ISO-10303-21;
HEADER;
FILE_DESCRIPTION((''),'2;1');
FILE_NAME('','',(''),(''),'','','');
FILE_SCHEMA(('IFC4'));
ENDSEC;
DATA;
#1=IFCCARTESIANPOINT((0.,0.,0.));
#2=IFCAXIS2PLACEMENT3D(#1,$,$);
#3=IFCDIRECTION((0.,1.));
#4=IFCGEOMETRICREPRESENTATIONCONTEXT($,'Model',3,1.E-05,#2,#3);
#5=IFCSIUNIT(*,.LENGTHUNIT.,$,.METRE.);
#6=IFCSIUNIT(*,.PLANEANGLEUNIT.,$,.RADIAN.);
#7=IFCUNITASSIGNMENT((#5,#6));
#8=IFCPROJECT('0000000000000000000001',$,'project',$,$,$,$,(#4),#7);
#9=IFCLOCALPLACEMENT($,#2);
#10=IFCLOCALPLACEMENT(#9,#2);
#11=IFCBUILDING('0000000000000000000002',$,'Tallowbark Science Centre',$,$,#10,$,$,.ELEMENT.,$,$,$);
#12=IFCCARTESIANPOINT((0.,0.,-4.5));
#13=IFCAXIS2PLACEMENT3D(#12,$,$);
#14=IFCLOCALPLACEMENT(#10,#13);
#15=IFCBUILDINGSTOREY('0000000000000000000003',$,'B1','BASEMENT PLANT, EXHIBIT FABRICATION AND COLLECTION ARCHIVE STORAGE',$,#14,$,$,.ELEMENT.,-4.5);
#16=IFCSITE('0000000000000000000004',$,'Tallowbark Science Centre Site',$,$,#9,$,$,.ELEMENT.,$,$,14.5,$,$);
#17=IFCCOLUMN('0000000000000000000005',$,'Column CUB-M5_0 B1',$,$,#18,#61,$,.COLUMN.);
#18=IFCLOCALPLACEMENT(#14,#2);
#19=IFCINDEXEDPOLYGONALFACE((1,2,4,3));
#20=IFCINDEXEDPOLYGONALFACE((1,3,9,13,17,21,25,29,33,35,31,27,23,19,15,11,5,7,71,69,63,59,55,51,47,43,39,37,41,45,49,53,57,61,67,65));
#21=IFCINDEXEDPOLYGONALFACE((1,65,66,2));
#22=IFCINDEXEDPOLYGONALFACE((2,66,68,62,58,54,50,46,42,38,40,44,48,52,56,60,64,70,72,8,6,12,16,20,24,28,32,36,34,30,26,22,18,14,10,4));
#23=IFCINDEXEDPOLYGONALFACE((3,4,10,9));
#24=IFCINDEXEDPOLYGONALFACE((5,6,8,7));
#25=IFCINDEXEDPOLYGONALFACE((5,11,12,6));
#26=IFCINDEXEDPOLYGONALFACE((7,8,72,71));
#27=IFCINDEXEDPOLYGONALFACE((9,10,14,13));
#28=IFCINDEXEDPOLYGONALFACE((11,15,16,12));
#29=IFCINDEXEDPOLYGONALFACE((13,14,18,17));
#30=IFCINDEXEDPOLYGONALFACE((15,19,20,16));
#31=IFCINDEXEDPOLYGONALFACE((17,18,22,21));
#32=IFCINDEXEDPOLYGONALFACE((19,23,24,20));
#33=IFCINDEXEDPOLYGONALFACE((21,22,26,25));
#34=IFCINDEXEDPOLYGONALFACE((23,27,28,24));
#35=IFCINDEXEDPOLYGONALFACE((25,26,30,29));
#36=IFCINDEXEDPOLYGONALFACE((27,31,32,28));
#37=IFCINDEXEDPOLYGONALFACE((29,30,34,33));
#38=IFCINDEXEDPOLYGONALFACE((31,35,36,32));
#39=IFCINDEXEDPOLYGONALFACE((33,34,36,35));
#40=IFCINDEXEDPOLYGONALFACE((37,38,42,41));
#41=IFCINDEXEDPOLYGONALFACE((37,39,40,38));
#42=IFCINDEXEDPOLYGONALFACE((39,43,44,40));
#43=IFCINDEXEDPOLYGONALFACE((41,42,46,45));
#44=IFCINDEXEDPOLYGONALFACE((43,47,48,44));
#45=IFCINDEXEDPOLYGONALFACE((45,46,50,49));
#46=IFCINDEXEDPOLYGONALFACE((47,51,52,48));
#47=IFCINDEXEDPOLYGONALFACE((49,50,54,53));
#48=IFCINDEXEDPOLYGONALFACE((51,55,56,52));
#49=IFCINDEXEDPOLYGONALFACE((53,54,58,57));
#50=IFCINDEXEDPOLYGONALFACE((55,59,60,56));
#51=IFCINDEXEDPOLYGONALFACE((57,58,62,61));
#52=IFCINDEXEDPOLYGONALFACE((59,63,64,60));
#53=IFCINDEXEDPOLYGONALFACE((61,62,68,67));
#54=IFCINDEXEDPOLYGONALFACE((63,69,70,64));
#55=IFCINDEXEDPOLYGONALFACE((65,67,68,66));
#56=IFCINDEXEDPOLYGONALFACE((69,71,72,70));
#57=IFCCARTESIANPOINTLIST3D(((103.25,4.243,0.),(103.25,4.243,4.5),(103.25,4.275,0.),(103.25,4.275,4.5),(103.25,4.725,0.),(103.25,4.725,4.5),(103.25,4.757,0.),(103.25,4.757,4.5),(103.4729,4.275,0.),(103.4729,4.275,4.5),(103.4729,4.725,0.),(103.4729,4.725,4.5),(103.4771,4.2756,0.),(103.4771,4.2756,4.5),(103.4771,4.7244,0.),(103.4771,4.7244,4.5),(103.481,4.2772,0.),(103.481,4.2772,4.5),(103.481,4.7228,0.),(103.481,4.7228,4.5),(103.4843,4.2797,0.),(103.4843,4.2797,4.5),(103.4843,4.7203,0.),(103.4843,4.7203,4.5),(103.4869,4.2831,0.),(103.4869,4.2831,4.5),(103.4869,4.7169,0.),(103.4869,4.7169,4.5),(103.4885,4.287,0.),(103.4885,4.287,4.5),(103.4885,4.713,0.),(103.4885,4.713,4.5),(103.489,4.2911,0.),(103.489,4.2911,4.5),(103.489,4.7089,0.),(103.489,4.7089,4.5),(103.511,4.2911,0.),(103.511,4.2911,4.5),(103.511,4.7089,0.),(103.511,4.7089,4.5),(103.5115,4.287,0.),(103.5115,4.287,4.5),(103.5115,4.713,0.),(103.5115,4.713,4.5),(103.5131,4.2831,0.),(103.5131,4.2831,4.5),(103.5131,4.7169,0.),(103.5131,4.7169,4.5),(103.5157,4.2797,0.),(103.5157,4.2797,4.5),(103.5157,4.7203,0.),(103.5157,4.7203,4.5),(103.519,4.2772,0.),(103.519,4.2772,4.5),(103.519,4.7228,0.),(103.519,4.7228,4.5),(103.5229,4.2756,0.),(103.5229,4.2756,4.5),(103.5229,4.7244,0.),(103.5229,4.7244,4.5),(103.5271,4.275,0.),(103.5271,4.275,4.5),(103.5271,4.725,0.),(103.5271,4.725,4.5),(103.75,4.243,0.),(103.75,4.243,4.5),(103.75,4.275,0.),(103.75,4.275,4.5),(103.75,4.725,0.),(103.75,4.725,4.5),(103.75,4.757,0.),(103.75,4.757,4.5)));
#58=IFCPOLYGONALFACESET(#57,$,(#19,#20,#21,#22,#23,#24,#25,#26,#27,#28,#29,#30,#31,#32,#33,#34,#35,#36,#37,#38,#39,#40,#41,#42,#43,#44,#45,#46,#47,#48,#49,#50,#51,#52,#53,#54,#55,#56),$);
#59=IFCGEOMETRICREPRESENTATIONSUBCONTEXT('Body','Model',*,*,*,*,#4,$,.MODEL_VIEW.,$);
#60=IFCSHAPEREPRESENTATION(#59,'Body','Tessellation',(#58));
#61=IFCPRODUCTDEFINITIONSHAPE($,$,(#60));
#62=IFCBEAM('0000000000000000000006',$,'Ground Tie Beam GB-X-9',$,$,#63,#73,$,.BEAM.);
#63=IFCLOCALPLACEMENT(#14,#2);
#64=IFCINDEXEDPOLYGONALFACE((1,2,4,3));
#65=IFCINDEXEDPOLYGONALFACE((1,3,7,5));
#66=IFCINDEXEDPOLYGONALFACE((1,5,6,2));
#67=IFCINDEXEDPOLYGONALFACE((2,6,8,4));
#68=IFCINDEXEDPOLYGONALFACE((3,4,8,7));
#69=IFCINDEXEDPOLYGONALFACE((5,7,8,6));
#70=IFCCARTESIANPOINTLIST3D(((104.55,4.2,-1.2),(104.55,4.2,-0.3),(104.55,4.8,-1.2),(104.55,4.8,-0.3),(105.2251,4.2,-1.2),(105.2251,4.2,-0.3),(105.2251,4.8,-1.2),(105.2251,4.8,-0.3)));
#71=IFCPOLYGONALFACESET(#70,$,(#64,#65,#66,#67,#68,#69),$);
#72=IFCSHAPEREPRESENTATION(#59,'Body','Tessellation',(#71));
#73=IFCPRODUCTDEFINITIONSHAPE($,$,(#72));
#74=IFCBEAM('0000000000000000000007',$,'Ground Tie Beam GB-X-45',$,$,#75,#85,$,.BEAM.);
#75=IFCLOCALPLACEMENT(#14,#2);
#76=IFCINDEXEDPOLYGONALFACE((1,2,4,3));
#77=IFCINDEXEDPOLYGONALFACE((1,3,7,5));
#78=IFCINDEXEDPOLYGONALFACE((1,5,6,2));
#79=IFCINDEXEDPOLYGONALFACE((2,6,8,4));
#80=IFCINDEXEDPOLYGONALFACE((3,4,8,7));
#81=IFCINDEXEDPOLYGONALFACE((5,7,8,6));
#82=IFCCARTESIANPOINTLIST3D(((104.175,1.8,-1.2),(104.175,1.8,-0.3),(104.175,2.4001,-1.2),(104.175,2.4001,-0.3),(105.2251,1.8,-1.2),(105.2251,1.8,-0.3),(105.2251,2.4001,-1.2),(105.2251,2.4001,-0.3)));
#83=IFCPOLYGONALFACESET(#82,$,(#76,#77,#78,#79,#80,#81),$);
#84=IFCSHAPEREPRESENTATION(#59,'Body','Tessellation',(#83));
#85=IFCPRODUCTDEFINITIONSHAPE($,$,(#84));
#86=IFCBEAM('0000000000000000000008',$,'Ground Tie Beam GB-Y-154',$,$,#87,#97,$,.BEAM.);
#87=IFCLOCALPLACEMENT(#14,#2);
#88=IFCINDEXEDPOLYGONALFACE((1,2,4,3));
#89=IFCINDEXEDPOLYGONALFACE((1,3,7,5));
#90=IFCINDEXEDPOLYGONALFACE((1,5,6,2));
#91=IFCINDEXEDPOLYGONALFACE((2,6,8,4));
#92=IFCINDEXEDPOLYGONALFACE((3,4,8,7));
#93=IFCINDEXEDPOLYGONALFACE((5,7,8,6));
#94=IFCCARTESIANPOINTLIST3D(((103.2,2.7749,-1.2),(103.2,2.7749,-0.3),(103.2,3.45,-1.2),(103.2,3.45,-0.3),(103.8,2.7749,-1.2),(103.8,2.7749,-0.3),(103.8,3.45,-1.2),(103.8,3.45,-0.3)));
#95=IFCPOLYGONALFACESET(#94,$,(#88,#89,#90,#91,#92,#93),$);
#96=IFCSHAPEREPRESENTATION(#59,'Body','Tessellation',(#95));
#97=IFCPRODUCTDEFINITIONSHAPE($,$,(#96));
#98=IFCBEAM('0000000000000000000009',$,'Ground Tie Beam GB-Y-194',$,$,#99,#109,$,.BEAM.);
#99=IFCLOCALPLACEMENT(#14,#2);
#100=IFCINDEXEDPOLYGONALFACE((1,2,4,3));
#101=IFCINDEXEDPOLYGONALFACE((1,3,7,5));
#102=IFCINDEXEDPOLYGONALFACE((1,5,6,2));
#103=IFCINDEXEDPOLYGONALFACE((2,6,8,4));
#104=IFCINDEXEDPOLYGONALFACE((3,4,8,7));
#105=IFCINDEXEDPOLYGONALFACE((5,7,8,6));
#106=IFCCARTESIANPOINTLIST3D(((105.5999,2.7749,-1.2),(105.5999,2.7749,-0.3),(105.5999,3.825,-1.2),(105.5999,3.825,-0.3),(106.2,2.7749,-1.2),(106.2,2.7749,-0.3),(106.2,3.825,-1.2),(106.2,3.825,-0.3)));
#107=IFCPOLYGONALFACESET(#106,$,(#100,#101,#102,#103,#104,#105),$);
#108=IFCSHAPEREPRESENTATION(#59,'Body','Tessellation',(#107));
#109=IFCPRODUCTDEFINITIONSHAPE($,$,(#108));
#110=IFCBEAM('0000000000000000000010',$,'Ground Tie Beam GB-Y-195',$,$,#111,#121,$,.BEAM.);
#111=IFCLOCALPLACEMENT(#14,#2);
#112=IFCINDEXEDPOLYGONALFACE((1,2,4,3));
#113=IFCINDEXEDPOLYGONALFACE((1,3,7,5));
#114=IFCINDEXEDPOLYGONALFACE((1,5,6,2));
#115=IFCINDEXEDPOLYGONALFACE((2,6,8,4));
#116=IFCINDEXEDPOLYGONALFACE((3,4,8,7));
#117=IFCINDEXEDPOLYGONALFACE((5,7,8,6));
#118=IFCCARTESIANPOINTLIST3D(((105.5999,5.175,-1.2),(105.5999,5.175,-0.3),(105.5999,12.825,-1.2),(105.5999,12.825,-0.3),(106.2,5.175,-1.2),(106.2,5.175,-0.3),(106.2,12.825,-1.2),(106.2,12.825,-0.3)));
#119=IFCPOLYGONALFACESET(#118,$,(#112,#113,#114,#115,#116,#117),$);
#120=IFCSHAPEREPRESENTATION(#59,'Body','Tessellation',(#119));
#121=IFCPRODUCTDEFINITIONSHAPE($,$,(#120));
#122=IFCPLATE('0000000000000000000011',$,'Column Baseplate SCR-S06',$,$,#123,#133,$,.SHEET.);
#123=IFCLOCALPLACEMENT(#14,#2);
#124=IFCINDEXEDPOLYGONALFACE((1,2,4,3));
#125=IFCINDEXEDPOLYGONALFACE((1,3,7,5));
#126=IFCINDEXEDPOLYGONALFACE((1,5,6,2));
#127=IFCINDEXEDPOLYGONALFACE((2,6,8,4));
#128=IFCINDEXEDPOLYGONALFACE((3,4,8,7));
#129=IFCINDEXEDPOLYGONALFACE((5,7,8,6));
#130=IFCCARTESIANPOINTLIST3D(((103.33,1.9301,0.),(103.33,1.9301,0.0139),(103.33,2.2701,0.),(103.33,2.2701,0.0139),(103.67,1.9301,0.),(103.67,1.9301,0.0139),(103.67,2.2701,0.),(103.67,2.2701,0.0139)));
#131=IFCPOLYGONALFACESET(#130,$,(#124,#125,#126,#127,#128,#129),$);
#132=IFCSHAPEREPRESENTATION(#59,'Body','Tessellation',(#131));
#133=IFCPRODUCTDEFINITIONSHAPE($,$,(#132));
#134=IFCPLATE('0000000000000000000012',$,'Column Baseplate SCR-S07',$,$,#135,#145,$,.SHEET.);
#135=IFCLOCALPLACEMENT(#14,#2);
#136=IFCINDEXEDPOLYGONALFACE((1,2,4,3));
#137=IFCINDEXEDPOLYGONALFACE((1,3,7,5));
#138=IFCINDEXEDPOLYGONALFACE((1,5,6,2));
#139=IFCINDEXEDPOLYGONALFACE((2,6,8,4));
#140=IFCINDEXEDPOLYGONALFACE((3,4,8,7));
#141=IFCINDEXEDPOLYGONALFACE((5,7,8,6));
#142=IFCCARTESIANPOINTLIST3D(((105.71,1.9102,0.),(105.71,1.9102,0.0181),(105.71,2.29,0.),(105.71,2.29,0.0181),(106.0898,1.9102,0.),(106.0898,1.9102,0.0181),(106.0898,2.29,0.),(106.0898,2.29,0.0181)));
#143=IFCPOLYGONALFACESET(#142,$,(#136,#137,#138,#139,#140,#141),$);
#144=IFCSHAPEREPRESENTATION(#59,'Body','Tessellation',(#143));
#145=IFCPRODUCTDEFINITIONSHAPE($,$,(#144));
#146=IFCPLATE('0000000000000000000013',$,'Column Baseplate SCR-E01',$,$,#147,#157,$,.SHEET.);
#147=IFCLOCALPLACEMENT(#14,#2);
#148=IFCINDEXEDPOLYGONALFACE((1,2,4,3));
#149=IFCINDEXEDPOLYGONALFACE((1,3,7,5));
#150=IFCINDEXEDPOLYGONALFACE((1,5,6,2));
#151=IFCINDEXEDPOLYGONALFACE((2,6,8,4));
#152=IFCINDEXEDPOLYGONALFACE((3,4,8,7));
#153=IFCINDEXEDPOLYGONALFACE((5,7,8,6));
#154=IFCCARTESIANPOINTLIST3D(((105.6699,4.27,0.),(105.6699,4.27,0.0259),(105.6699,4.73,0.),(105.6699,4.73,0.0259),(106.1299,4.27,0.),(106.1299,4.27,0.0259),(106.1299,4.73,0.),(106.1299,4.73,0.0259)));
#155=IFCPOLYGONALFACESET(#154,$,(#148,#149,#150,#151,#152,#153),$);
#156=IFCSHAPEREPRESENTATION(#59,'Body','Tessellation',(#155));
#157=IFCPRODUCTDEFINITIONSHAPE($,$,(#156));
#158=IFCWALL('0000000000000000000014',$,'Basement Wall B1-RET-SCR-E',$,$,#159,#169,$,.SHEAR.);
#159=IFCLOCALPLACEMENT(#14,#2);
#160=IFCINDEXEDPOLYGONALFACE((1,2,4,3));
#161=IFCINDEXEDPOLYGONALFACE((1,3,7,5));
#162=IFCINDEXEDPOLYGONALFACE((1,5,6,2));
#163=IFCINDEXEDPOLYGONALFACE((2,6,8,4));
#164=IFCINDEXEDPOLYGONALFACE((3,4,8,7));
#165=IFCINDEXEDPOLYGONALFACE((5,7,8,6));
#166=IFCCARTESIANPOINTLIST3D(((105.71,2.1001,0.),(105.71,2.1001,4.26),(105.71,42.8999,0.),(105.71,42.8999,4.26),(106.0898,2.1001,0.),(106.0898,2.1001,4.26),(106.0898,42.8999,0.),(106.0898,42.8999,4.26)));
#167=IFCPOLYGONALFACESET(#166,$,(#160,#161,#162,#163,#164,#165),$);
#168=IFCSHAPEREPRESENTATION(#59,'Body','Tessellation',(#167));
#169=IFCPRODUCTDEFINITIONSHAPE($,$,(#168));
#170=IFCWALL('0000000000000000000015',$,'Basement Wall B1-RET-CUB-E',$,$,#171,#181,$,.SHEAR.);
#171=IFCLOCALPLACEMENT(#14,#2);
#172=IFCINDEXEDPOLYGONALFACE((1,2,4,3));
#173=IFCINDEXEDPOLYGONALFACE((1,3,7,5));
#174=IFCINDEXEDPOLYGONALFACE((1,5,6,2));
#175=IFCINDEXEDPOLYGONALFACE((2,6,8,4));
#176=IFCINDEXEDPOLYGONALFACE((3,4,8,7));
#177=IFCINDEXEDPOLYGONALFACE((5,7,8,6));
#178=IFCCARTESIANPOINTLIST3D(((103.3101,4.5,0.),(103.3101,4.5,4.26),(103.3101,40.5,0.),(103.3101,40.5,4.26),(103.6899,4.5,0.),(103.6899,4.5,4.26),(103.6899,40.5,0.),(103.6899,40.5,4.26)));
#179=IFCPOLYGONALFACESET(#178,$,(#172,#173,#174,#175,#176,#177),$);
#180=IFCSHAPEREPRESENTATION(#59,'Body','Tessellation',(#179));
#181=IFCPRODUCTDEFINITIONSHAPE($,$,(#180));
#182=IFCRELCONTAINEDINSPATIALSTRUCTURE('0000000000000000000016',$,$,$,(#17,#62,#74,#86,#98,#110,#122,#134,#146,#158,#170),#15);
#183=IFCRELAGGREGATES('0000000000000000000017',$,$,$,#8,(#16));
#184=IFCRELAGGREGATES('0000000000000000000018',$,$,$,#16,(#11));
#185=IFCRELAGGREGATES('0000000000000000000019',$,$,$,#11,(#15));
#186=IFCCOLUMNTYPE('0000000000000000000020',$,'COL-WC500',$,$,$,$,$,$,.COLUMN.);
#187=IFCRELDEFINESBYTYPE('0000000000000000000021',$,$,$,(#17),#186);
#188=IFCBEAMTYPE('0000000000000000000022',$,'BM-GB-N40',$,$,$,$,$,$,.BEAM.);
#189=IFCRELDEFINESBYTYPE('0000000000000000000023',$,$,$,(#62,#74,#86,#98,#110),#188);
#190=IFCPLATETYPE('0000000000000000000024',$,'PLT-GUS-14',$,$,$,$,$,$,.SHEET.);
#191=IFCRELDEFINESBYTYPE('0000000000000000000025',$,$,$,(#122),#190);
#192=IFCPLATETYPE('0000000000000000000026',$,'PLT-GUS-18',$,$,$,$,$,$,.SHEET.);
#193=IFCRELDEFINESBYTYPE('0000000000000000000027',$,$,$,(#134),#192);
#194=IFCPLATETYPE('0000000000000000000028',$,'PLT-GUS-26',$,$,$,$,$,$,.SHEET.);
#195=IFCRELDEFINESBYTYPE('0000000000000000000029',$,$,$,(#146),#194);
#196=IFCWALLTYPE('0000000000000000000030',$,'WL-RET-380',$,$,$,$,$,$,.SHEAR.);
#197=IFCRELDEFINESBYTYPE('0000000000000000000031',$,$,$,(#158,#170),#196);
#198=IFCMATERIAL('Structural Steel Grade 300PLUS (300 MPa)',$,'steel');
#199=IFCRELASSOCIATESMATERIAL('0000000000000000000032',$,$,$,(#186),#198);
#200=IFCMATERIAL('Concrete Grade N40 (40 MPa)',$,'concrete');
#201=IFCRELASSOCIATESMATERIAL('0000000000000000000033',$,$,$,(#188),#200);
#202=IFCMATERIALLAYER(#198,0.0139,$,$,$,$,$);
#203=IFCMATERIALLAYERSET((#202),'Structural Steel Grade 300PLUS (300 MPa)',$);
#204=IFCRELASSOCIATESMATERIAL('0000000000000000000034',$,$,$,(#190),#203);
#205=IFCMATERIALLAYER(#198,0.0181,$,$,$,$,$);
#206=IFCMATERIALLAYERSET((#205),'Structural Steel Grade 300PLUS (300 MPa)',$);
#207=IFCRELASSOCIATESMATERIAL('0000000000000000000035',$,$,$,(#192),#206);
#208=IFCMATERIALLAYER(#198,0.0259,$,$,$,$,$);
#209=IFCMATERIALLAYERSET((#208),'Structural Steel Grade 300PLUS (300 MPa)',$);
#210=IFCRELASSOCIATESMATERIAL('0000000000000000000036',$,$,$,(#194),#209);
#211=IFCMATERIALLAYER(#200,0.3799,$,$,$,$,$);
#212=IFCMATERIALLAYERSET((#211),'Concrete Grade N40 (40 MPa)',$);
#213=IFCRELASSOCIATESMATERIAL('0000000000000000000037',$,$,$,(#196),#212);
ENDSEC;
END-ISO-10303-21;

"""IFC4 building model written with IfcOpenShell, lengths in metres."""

from ifc_helpers import new_model, si_unit, direction, frame, frame_2d, origin, origin_2d, place, context, subcontext, project, spatial, rectangle, i_section, extrude, material, layer, layer_set, material_profile, profile_set, type_object, element, save


model = new_model("IFC4")

# Units and contexts
model_context = context("Model", 3, precision=1e-05, world=origin(), true_north=direction((0.0, 1.0)))
body_context = subcontext(model_context, "Body", "Model", "MODEL_VIEW")
ifc_project = project(units=[si_unit("LENGTHUNIT", "METRE"), si_unit("PLANEANGLEUNIT", "RADIAN")], contexts=[model_context])

# Site, building, storey
site_placement = place(None, origin())
site = spatial("IfcSite", under=ifc_project, at=site_placement, Name="Tallowbark Science Centre Site", CompositionType="ELEMENT", RefElevation=14.5)
building_placement = place(site_placement, origin())
building = spatial("IfcBuilding", under=site, at=building_placement, Name="Tallowbark Science Centre", CompositionType="ELEMENT")
storey_placement = place(building_placement, frame((0.0, 0.0, -4.5)))
storey = spatial("IfcBuildingStorey", under=building, at=storey_placement, Name="B1", Description="BASEMENT PLANT, EXHIBIT FABRICATION AND COLLECTION ARCHIVE STORAGE", CompositionType="ELEMENT", Elevation=-4.5)

# Shared definitions
ifc_material_1 = material(Name="Concrete Grade N40 (40 MPa)", Category="concrete")

# Column
ifc_material_2 = material(Name="Structural Steel Grade 300PLUS (300 MPa)", Category="steel")
ifc_material_profile_1 = material_profile(ifc_material_2, i_section(OverallWidth=0.5, OverallDepth=0.5139, WebThickness=0.022, FlangeThickness=0.032, FilletRadius=0.0161, at=origin_2d()), Name="500WC340")
ifc_profile_set_1 = profile_set([ifc_material_profile_1], Name="Structural Steel Grade 300PLUS (300 MPa)")
column_type_1 = type_object("IfcColumnType", Name="COL-WC500", PredefinedType="COLUMN", material=ifc_profile_set_1)
column_1_placement = place(storey_placement, frame((103.5, 4.5, 0.0), z_axis=(0.0, 0.0, 1.0), x_axis=(1.0, 0.0, 0.0)))
element("IfcColumn", 1, at=column_1_placement, inside=storey, type_object=column_type_1, Name="Column CUB-M5_0 B1", PredefinedType="COLUMN", context=body_context, shape_type="SweptSolid", body=[
    extrude(i_section(OverallWidth=0.5, OverallDepth=0.5139, WebThickness=0.022, FlangeThickness=0.032, FilletRadius=0.0161, at=origin_2d()), origin(), (0.0, 0.0, 1.0), 4.5),
])

# Beams
ifc_material_profile_2 = material_profile(ifc_material_1, rectangle(XDim=0.6001, YDim=0.8999, at=origin_2d()), Name="RC600x900")
ifc_profile_set_2 = profile_set([ifc_material_profile_2], Name="Concrete Grade N40 (40 MPa)")
beam_type = type_object("IfcBeamType", Name="BM-GB-N40", PredefinedType="BEAM", material=ifc_profile_set_2)
beam_1_placement = place(storey_placement, frame((104.55, 4.5, -0.75), z_axis=(1.0, 0.0, 0.0), x_axis=(0.0, 1.0, 0.0)))
element("IfcBeam", 2, at=beam_1_placement, inside=storey, type_object=beam_type, Name="Ground Tie Beam GB-X-9", PredefinedType="BEAM", context=body_context, shape_type="SweptSolid", body=[
    extrude(rectangle(XDim=0.6001, YDim=0.8999, at=origin_2d()), origin(), (0.0, 0.0, 1.0), 0.675),
])
beam_2_placement = place(storey_placement, frame((104.175, 2.1001, -0.75), z_axis=(1.0, 0.0, 0.0), x_axis=(0.0, 1.0, 0.0)))
element("IfcBeam", 3, at=beam_2_placement, inside=storey, type_object=beam_type, Name="Ground Tie Beam GB-X-45", PredefinedType="BEAM", context=body_context, shape_type="SweptSolid", body=[
    extrude(rectangle(XDim=0.6001, YDim=0.8999, at=origin_2d()), origin(), (0.0, 0.0, 1.0), 1.05),
])
beam_3_placement = place(storey_placement, frame((103.5, 2.7749, -0.75), z_axis=(0.0, 1.0, 0.0), x_axis=(-1.0, 0.0, 0.0)))
element("IfcBeam", 4, at=beam_3_placement, inside=storey, type_object=beam_type, Name="Ground Tie Beam GB-Y-154", PredefinedType="BEAM", context=body_context, shape_type="SweptSolid", body=[
    extrude(rectangle(XDim=0.6001, YDim=0.8999, at=origin_2d()), origin(), (0.0, 0.0, 1.0), 0.675),
])
beam_4_placement = place(storey_placement, frame((105.8999, 2.7749, -0.75), z_axis=(0.0, 1.0, 0.0), x_axis=(-1.0, 0.0, 0.0)))
element("IfcBeam", 5, at=beam_4_placement, inside=storey, type_object=beam_type, Name="Ground Tie Beam GB-Y-194", PredefinedType="BEAM", context=body_context, shape_type="SweptSolid", body=[
    extrude(rectangle(XDim=0.6001, YDim=0.8999, at=origin_2d()), origin(), (0.0, 0.0, 1.0), 1.05),
])
beam_5_placement = place(storey_placement, frame((105.8999, 5.175, -0.75), z_axis=(0.0, 1.0, 0.0), x_axis=(-1.0, 0.0, 0.0)))
element("IfcBeam", 6, at=beam_5_placement, inside=storey, type_object=beam_type, Name="Ground Tie Beam GB-Y-195", PredefinedType="BEAM", context=body_context, shape_type="SweptSolid", body=[
    extrude(rectangle(XDim=0.6001, YDim=0.8999, at=origin_2d()), origin(), (0.0, 0.0, 1.0), 7.6499),
])

# Plates
ifc_layer_1 = layer(ifc_material_2, 0.0139)
ifc_layer_set_1 = layer_set([ifc_layer_1], Name="Structural Steel Grade 300PLUS (300 MPa)")
plate_type_1 = type_object("IfcPlateType", Name="PLT-GUS-14", PredefinedType="SHEET", material=ifc_layer_set_1)
plate_1_placement = place(storey_placement, frame((103.5, 2.1001, 0.0), z_axis=(0.0, 0.0, 1.0), x_axis=(1.0, 0.0, 0.0)))
element("IfcPlate", 7, at=plate_1_placement, inside=storey, type_object=plate_type_1, Name="Column Baseplate SCR-S06", PredefinedType="SHEET", context=body_context, shape_type="SweptSolid", body=[
    extrude(rectangle(XDim=0.3401, YDim=0.3401, at=origin_2d()), origin(), (0.0, 0.0, 1.0), 0.0139),
])
ifc_layer_2 = layer(ifc_material_2, 0.0181)
ifc_layer_set_2 = layer_set([ifc_layer_2], Name="Structural Steel Grade 300PLUS (300 MPa)")
plate_type_2 = type_object("IfcPlateType", Name="PLT-GUS-18", PredefinedType="SHEET", material=ifc_layer_set_2)
plate_2_placement = place(storey_placement, frame((105.8999, 2.1001, 0.0), z_axis=(0.0, 0.0, 1.0), x_axis=(1.0, 0.0, 0.0)))
element("IfcPlate", 8, at=plate_2_placement, inside=storey, type_object=plate_type_2, Name="Column Baseplate SCR-S07", PredefinedType="SHEET", context=body_context, shape_type="SweptSolid", body=[
    extrude(rectangle(XDim=0.3799, YDim=0.3799, at=origin_2d()), origin(), (0.0, 0.0, 1.0), 0.0181),
])
ifc_layer_3 = layer(ifc_material_2, 0.0259)
ifc_layer_set_3 = layer_set([ifc_layer_3], Name="Structural Steel Grade 300PLUS (300 MPa)")
plate_type_3 = type_object("IfcPlateType", Name="PLT-GUS-26", PredefinedType="SHEET", material=ifc_layer_set_3)
plate_3_placement = place(storey_placement, frame((105.8999, 4.5, 0.0), z_axis=(0.0, 0.0, 1.0), x_axis=(1.0, 0.0, 0.0)))
element("IfcPlate", 9, at=plate_3_placement, inside=storey, type_object=plate_type_3, Name="Column Baseplate SCR-E01", PredefinedType="SHEET", context=body_context, shape_type="SweptSolid", body=[
    extrude(rectangle(XDim=0.46, YDim=0.46, at=origin_2d()), origin(), (0.0, 0.0, 1.0), 0.0259),
])

# Walls
ifc_layer_4 = layer(ifc_material_1, 0.3799)
ifc_layer_set_4 = layer_set([ifc_layer_4], Name="Concrete Grade N40 (40 MPa)")
wall_type = type_object("IfcWallType", Name="WL-RET-380", PredefinedType="SHEAR", material=ifc_layer_set_4)
wall_1_placement = place(storey_placement, frame((105.8999, 2.1001, 0.0), z_axis=(0.0, 0.0, 1.0), x_axis=(0.0, 1.0, 0.0)))
element("IfcWall", 10, at=wall_1_placement, inside=storey, type_object=wall_type, Name="Basement Wall B1-RET-SCR-E", PredefinedType="SHEAR", context=body_context, shape_type="SweptSolid", body=[
    extrude(rectangle(XDim=40.7998, YDim=0.3799, at=frame_2d((20.3999, 0.0))), origin(), (0.0, 0.0, 1.0), 4.26),
])
wall_2_placement = place(storey_placement, frame((103.5, 4.5, 0.0), z_axis=(0.0, 0.0, 1.0), x_axis=(0.0, 1.0, 0.0)))
element("IfcWall", 11, at=wall_2_placement, inside=storey, type_object=wall_type, Name="Basement Wall B1-RET-CUB-E", PredefinedType="SHEAR", context=body_context, shape_type="SweptSolid", body=[
    extrude(rectangle(XDim=36.0, YDim=0.3799, at=frame_2d((18.0, 0.0))), origin(), (0.0, 0.0, 1.0), 4.26),
])

save(model, "model.ifc")
